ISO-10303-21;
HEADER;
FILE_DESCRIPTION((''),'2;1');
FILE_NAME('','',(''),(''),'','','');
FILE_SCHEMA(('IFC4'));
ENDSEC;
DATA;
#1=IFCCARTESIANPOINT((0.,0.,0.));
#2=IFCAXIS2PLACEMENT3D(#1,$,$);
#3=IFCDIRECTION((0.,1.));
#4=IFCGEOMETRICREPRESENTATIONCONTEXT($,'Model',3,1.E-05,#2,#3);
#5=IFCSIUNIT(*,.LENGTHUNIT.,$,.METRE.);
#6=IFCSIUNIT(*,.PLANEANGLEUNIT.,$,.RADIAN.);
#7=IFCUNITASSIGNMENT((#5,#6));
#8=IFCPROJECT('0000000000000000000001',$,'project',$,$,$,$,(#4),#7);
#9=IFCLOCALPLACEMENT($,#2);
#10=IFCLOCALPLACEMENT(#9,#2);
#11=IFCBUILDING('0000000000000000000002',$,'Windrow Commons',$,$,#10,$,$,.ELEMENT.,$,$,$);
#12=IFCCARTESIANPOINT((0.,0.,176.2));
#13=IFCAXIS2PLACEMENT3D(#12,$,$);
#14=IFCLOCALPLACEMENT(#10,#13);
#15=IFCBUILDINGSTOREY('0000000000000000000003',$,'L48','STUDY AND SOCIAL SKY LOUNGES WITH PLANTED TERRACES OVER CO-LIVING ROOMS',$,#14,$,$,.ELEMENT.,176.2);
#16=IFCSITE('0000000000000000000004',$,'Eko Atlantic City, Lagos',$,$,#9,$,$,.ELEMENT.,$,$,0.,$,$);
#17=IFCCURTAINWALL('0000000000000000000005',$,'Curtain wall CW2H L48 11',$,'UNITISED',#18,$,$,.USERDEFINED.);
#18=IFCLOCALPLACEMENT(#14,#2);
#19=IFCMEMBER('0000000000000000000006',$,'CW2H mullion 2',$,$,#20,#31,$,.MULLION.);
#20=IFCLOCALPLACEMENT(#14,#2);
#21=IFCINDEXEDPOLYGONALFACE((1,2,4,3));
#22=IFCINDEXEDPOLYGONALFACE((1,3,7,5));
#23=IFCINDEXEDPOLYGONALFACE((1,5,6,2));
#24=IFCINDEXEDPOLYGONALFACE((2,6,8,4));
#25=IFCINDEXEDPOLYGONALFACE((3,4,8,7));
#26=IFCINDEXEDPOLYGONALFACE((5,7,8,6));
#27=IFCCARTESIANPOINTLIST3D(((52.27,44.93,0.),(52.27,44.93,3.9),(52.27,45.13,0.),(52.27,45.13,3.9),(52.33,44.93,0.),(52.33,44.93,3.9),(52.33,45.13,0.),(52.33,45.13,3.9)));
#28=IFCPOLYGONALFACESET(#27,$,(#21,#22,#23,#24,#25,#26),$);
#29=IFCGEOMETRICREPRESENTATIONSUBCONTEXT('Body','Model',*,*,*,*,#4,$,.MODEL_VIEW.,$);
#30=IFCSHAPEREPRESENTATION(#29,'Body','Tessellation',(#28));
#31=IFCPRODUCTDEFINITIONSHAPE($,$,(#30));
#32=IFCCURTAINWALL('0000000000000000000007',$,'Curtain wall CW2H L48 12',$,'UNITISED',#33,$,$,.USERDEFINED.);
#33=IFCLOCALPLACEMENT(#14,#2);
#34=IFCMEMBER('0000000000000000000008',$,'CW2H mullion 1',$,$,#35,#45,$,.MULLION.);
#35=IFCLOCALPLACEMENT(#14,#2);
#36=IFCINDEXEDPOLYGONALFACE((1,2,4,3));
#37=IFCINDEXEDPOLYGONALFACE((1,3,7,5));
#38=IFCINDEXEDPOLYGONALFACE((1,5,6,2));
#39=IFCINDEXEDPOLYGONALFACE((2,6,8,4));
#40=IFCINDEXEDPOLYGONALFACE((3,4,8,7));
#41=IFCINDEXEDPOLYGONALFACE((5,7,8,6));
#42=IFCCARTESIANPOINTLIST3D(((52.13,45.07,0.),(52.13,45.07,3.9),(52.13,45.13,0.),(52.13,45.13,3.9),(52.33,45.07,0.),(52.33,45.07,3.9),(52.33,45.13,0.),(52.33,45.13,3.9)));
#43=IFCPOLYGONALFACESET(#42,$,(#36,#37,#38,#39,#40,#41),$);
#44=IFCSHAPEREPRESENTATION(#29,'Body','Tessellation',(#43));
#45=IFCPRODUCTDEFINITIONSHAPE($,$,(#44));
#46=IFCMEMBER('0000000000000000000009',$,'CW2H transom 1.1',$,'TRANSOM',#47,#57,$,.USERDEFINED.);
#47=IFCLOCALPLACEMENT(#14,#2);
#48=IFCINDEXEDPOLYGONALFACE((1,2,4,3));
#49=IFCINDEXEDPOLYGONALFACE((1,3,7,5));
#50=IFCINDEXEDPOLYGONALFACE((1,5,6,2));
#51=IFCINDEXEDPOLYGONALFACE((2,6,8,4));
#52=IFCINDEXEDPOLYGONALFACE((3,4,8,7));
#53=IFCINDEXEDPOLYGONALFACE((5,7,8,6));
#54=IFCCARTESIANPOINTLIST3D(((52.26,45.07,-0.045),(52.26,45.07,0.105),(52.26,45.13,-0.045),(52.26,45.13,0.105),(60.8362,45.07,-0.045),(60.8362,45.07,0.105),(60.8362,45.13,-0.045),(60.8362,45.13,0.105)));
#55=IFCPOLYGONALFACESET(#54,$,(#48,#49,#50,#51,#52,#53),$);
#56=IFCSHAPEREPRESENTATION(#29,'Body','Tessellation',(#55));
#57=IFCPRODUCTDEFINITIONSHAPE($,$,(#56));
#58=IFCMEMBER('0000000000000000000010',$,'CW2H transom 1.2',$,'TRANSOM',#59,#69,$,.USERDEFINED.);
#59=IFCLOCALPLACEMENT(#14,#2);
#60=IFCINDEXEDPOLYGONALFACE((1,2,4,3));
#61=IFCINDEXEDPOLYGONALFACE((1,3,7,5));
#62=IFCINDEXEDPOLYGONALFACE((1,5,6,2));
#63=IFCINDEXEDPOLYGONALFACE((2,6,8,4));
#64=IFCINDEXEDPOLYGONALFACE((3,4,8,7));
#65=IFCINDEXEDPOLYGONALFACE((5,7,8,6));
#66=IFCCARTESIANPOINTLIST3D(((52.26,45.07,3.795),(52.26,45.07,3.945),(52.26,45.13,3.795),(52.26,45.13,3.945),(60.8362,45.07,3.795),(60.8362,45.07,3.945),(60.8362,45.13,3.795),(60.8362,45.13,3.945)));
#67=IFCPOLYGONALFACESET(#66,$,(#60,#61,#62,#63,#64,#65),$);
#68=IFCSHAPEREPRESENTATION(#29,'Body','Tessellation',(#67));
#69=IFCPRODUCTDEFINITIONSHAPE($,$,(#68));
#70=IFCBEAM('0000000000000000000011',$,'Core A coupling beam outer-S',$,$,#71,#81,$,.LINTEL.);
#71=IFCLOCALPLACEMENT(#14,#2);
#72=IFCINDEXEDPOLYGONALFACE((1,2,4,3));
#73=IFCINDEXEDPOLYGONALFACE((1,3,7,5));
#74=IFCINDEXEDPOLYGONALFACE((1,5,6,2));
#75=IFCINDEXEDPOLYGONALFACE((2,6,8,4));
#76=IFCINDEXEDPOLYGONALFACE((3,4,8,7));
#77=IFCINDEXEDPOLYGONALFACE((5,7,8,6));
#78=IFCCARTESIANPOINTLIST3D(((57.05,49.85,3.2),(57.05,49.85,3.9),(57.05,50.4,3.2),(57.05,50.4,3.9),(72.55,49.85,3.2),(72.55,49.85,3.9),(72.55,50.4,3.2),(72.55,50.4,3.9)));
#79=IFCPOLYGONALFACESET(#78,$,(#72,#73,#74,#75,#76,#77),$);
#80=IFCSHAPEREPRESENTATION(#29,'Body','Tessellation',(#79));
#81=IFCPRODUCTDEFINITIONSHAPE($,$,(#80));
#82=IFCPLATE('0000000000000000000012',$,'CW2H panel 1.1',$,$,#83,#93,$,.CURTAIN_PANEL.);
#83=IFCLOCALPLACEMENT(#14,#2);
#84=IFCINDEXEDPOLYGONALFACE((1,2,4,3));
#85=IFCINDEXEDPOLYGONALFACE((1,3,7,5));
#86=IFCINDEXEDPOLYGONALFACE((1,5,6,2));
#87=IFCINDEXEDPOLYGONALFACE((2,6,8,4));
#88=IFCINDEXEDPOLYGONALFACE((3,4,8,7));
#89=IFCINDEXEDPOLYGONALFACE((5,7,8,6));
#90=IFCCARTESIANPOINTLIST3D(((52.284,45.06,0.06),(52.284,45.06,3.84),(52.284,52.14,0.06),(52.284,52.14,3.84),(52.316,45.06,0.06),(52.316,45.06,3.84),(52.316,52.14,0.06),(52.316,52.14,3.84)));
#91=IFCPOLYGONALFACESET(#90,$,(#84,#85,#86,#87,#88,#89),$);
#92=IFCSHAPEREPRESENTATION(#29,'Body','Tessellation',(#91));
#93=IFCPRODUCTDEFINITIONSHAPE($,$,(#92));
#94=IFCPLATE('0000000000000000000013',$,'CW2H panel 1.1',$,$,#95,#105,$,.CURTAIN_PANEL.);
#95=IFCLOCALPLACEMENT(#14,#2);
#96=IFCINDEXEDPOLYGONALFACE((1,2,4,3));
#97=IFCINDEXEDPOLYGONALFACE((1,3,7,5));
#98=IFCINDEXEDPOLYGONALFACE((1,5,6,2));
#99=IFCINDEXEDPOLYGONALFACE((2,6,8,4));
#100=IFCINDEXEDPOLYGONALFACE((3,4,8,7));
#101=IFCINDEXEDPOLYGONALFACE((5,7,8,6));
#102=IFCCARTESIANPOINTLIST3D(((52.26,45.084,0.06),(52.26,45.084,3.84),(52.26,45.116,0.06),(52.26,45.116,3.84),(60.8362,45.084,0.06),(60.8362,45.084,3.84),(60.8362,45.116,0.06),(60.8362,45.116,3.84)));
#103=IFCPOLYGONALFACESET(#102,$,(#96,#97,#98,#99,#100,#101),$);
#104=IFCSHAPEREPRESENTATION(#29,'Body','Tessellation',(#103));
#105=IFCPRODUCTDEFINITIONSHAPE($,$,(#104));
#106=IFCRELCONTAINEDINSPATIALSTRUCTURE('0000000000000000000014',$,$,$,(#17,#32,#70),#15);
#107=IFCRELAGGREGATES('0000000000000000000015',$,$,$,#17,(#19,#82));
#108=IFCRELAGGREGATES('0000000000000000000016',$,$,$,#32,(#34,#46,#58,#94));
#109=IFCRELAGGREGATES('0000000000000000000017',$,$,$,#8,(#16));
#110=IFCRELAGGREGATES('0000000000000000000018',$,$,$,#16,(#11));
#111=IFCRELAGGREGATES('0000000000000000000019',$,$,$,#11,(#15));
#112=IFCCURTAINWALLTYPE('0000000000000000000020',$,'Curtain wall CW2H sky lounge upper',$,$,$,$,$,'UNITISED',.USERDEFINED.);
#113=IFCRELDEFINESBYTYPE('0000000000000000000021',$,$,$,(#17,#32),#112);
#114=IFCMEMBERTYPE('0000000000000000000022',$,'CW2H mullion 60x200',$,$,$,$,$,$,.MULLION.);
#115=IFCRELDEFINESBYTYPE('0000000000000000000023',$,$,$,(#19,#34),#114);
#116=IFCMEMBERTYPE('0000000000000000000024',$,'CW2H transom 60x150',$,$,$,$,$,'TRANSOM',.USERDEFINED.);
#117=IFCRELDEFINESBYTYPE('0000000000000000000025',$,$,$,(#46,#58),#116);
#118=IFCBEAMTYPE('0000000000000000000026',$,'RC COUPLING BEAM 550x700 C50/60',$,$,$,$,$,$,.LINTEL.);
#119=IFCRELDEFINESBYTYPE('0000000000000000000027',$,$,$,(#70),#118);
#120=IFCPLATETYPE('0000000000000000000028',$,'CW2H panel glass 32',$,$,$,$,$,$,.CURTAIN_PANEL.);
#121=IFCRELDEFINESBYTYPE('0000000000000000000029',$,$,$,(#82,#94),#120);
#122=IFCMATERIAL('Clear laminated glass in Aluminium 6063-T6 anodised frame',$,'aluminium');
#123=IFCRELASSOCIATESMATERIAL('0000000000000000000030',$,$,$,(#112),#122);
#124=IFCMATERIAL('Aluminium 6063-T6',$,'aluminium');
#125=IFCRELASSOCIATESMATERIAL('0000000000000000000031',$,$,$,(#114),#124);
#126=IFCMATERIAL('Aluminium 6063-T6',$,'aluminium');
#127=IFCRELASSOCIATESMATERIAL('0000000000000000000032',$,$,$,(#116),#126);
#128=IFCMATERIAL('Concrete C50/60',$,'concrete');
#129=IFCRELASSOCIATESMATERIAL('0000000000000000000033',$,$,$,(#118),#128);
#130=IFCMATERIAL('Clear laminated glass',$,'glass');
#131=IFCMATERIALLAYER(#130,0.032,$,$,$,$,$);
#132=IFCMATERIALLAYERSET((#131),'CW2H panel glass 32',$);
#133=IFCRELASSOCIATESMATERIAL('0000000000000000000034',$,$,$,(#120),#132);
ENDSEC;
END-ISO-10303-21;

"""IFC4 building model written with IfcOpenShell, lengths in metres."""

from ifc_helpers import new_model, si_unit, direction, frame, origin, origin_2d, place, context, subcontext, project, spatial, rectangle, extrude, material, layer, layer_set, material_profile, profile_set, type_object, element, aggregate, save


model = new_model("IFC4")

# Units and contexts
model_context = context("Model", 3, precision=1e-05, world=origin(), true_north=direction((0.0, 1.0)))
body_context = subcontext(model_context, "Body", "Model", "MODEL_VIEW")
ifc_project = project(units=[si_unit("LENGTHUNIT", "METRE"), si_unit("PLANEANGLEUNIT", "RADIAN")], contexts=[model_context])

# Site, building, storey
site_placement = place(None, origin())
site = spatial("IfcSite", under=ifc_project, at=site_placement, Name="Eko Atlantic City, Lagos", CompositionType="ELEMENT", RefElevation=0.0)
building_placement = place(site_placement, origin())
building = spatial("IfcBuilding", under=site, at=building_placement, Name="Windrow Commons", CompositionType="ELEMENT")
storey_placement = place(building_placement, frame((0.0, 0.0, 176.2)))
storey = spatial("IfcBuildingStorey", under=building, at=storey_placement, Name="L48", Description="STUDY AND SOCIAL SKY LOUNGES WITH PLANTED TERRACES OVER CO-LIVING ROOMS", CompositionType="ELEMENT", Elevation=176.2)

# Curtain wall, member
ifc_material_1 = material(Name="Clear laminated glass in Aluminium 6063-T6 anodised frame", Category="aluminium")
curtain_wall_type = type_object("IfcCurtainWallType", Name="Curtain wall CW2H sky lounge upper", ElementType="UNITISED", PredefinedType="USERDEFINED", material=ifc_material_1)
placement = place(storey_placement, origin())
curtain_wall_1 = element("IfcCurtainWall", 1, at=placement, inside=storey, type_object=curtain_wall_type, Name="Curtain wall CW2H L48 11", ObjectType="UNITISED", PredefinedType="USERDEFINED")
ifc_material_2 = material(Name="Aluminium 6063-T6", Category="aluminium")
ifc_material_profile_1 = material_profile(ifc_material_2, rectangle(XDim=0.06, YDim=0.2, at=origin_2d()))
ifc_profile_set_1 = profile_set([ifc_material_profile_1], Name="Aluminium 6063-T6")
member_type_1 = type_object("IfcMemberType", Name="CW2H mullion 60x200", PredefinedType="MULLION", material=ifc_profile_set_1)
member_1_placement = place(storey_placement, frame((52.3, 45.03, 0.0), z_axis=(0.0, 0.0, 1.0), x_axis=(1.0, 0.0, 0.0)))
member_1 = element("IfcMember", 2, at=member_1_placement, type_object=member_type_1, Name="CW2H mullion 2", PredefinedType="MULLION", context=body_context, shape_type="SweptSolid", body=[
    extrude(rectangle(XDim=0.06, YDim=0.2, at=origin_2d()), origin(), (0.0, 0.0, 1.0), 3.9),
])

# Curtain wall, members
curtain_wall_2 = element("IfcCurtainWall", 3, at=placement, inside=storey, type_object=curtain_wall_type, Name="Curtain wall CW2H L48 12", ObjectType="UNITISED", PredefinedType="USERDEFINED")
member_2_placement = place(storey_placement, frame((52.23, 45.1, 0.0), z_axis=(0.0, 0.0, 1.0), x_axis=(0.0, 1.0, 0.0)))
member_2 = element("IfcMember", 4, at=member_2_placement, type_object=member_type_1, Name="CW2H mullion 1", PredefinedType="MULLION", context=body_context, shape_type="SweptSolid", body=[
    extrude(rectangle(XDim=0.06, YDim=0.2, at=origin_2d()), origin(), (0.0, 0.0, 1.0), 3.9),
])
ifc_material_3 = material(Name="Aluminium 6063-T6", Category="aluminium")
ifc_material_profile_2 = material_profile(ifc_material_3, rectangle(XDim=0.06, YDim=0.15, at=origin_2d()))
ifc_profile_set_2 = profile_set([ifc_material_profile_2], Name="Aluminium 6063-T6")
member_type_2 = type_object("IfcMemberType", Name="CW2H transom 60x150", ElementType="TRANSOM", PredefinedType="USERDEFINED", material=ifc_profile_set_2)
member_3_placement = place(storey_placement, frame((52.26, 45.1, 0.03), z_axis=(1.0, 0.0, 0.0), x_axis=(0.0, 1.0, 0.0)))
member_3 = element("IfcMember", 5, at=member_3_placement, type_object=member_type_2, Name="CW2H transom 1.1", ObjectType="TRANSOM", PredefinedType="USERDEFINED", context=body_context, shape_type="SweptSolid", body=[
    extrude(rectangle(XDim=0.06, YDim=0.15, at=origin_2d()), origin(), (0.0, 0.0, 1.0), 8.5762),
])
member_4_placement = place(storey_placement, frame((52.26, 45.1, 3.87), z_axis=(1.0, 0.0, 0.0), x_axis=(0.0, 1.0, 0.0)))
member_4 = element("IfcMember", 6, at=member_4_placement, type_object=member_type_2, Name="CW2H transom 1.2", ObjectType="TRANSOM", PredefinedType="USERDEFINED", context=body_context, shape_type="SweptSolid", body=[
    extrude(rectangle(XDim=0.06, YDim=0.15, at=origin_2d()), origin(), (0.0, 0.0, 1.0), 8.5762),
])

# Beam
ifc_material_4 = material(Name="Concrete C50/60", Category="concrete")
ifc_material_profile_3 = material_profile(ifc_material_4, rectangle(XDim=0.55, YDim=0.7, at=origin_2d()))
ifc_profile_set_3 = profile_set([ifc_material_profile_3], Name="Concrete C50/60")
beam_type = type_object("IfcBeamType", Name="RC COUPLING BEAM 550x700 C50/60", PredefinedType="LINTEL", material=ifc_profile_set_3)
beam_placement = place(storey_placement, frame((57.05, 50.125, 3.55), z_axis=(1.0, 0.0, 0.0), x_axis=(0.0, 1.0, 0.0)))
element("IfcBeam", 7, at=beam_placement, inside=storey, type_object=beam_type, Name="Core A coupling beam outer-S", PredefinedType="LINTEL", context=body_context, shape_type="SweptSolid", body=[
    extrude(rectangle(XDim=0.55, YDim=0.7, at=origin_2d()), origin(), (0.0, 0.0, 1.0), 15.5),
])

# Plates
ifc_material_5 = material(Name="Clear laminated glass", Category="glass")
ifc_layer_1 = layer(ifc_material_5, 0.032)
ifc_layer_set_1 = layer_set([ifc_layer_1], Name="CW2H panel glass 32")
plate_type = type_object("IfcPlateType", Name="CW2H panel glass 32", PredefinedType="CURTAIN_PANEL", material=ifc_layer_set_1)
plate_1_placement = place(storey_placement, frame((52.3, 48.6, 0.06), z_axis=(0.0, 0.0, 1.0), x_axis=(0.0, -1.0, 0.0)))
plate_1 = element("IfcPlate", 8, at=plate_1_placement, type_object=plate_type, Name="CW2H panel 1.1", PredefinedType="CURTAIN_PANEL", context=body_context, shape_type="SweptSolid", body=[
    extrude(rectangle(XDim=7.08, YDim=0.032, at=origin_2d()), origin(), (0.0, 0.0, 1.0), 3.78),
])
aggregate(curtain_wall_1, [member_1, plate_1])
plate_2_placement = place(storey_placement, frame((56.5481, 45.1, 0.06), z_axis=(0.0, 0.0, 1.0), x_axis=(1.0, 0.0, 0.0)))
plate_2 = element("IfcPlate", 9, at=plate_2_placement, type_object=plate_type, Name="CW2H panel 1.1", PredefinedType="CURTAIN_PANEL", context=body_context, shape_type="SweptSolid", body=[
    extrude(rectangle(XDim=8.5762, YDim=0.032, at=origin_2d()), origin(), (0.0, 0.0, 1.0), 3.78),
])
aggregate(curtain_wall_2, [member_2, member_3, member_4, plate_2])

save(model, "model.ifc")
